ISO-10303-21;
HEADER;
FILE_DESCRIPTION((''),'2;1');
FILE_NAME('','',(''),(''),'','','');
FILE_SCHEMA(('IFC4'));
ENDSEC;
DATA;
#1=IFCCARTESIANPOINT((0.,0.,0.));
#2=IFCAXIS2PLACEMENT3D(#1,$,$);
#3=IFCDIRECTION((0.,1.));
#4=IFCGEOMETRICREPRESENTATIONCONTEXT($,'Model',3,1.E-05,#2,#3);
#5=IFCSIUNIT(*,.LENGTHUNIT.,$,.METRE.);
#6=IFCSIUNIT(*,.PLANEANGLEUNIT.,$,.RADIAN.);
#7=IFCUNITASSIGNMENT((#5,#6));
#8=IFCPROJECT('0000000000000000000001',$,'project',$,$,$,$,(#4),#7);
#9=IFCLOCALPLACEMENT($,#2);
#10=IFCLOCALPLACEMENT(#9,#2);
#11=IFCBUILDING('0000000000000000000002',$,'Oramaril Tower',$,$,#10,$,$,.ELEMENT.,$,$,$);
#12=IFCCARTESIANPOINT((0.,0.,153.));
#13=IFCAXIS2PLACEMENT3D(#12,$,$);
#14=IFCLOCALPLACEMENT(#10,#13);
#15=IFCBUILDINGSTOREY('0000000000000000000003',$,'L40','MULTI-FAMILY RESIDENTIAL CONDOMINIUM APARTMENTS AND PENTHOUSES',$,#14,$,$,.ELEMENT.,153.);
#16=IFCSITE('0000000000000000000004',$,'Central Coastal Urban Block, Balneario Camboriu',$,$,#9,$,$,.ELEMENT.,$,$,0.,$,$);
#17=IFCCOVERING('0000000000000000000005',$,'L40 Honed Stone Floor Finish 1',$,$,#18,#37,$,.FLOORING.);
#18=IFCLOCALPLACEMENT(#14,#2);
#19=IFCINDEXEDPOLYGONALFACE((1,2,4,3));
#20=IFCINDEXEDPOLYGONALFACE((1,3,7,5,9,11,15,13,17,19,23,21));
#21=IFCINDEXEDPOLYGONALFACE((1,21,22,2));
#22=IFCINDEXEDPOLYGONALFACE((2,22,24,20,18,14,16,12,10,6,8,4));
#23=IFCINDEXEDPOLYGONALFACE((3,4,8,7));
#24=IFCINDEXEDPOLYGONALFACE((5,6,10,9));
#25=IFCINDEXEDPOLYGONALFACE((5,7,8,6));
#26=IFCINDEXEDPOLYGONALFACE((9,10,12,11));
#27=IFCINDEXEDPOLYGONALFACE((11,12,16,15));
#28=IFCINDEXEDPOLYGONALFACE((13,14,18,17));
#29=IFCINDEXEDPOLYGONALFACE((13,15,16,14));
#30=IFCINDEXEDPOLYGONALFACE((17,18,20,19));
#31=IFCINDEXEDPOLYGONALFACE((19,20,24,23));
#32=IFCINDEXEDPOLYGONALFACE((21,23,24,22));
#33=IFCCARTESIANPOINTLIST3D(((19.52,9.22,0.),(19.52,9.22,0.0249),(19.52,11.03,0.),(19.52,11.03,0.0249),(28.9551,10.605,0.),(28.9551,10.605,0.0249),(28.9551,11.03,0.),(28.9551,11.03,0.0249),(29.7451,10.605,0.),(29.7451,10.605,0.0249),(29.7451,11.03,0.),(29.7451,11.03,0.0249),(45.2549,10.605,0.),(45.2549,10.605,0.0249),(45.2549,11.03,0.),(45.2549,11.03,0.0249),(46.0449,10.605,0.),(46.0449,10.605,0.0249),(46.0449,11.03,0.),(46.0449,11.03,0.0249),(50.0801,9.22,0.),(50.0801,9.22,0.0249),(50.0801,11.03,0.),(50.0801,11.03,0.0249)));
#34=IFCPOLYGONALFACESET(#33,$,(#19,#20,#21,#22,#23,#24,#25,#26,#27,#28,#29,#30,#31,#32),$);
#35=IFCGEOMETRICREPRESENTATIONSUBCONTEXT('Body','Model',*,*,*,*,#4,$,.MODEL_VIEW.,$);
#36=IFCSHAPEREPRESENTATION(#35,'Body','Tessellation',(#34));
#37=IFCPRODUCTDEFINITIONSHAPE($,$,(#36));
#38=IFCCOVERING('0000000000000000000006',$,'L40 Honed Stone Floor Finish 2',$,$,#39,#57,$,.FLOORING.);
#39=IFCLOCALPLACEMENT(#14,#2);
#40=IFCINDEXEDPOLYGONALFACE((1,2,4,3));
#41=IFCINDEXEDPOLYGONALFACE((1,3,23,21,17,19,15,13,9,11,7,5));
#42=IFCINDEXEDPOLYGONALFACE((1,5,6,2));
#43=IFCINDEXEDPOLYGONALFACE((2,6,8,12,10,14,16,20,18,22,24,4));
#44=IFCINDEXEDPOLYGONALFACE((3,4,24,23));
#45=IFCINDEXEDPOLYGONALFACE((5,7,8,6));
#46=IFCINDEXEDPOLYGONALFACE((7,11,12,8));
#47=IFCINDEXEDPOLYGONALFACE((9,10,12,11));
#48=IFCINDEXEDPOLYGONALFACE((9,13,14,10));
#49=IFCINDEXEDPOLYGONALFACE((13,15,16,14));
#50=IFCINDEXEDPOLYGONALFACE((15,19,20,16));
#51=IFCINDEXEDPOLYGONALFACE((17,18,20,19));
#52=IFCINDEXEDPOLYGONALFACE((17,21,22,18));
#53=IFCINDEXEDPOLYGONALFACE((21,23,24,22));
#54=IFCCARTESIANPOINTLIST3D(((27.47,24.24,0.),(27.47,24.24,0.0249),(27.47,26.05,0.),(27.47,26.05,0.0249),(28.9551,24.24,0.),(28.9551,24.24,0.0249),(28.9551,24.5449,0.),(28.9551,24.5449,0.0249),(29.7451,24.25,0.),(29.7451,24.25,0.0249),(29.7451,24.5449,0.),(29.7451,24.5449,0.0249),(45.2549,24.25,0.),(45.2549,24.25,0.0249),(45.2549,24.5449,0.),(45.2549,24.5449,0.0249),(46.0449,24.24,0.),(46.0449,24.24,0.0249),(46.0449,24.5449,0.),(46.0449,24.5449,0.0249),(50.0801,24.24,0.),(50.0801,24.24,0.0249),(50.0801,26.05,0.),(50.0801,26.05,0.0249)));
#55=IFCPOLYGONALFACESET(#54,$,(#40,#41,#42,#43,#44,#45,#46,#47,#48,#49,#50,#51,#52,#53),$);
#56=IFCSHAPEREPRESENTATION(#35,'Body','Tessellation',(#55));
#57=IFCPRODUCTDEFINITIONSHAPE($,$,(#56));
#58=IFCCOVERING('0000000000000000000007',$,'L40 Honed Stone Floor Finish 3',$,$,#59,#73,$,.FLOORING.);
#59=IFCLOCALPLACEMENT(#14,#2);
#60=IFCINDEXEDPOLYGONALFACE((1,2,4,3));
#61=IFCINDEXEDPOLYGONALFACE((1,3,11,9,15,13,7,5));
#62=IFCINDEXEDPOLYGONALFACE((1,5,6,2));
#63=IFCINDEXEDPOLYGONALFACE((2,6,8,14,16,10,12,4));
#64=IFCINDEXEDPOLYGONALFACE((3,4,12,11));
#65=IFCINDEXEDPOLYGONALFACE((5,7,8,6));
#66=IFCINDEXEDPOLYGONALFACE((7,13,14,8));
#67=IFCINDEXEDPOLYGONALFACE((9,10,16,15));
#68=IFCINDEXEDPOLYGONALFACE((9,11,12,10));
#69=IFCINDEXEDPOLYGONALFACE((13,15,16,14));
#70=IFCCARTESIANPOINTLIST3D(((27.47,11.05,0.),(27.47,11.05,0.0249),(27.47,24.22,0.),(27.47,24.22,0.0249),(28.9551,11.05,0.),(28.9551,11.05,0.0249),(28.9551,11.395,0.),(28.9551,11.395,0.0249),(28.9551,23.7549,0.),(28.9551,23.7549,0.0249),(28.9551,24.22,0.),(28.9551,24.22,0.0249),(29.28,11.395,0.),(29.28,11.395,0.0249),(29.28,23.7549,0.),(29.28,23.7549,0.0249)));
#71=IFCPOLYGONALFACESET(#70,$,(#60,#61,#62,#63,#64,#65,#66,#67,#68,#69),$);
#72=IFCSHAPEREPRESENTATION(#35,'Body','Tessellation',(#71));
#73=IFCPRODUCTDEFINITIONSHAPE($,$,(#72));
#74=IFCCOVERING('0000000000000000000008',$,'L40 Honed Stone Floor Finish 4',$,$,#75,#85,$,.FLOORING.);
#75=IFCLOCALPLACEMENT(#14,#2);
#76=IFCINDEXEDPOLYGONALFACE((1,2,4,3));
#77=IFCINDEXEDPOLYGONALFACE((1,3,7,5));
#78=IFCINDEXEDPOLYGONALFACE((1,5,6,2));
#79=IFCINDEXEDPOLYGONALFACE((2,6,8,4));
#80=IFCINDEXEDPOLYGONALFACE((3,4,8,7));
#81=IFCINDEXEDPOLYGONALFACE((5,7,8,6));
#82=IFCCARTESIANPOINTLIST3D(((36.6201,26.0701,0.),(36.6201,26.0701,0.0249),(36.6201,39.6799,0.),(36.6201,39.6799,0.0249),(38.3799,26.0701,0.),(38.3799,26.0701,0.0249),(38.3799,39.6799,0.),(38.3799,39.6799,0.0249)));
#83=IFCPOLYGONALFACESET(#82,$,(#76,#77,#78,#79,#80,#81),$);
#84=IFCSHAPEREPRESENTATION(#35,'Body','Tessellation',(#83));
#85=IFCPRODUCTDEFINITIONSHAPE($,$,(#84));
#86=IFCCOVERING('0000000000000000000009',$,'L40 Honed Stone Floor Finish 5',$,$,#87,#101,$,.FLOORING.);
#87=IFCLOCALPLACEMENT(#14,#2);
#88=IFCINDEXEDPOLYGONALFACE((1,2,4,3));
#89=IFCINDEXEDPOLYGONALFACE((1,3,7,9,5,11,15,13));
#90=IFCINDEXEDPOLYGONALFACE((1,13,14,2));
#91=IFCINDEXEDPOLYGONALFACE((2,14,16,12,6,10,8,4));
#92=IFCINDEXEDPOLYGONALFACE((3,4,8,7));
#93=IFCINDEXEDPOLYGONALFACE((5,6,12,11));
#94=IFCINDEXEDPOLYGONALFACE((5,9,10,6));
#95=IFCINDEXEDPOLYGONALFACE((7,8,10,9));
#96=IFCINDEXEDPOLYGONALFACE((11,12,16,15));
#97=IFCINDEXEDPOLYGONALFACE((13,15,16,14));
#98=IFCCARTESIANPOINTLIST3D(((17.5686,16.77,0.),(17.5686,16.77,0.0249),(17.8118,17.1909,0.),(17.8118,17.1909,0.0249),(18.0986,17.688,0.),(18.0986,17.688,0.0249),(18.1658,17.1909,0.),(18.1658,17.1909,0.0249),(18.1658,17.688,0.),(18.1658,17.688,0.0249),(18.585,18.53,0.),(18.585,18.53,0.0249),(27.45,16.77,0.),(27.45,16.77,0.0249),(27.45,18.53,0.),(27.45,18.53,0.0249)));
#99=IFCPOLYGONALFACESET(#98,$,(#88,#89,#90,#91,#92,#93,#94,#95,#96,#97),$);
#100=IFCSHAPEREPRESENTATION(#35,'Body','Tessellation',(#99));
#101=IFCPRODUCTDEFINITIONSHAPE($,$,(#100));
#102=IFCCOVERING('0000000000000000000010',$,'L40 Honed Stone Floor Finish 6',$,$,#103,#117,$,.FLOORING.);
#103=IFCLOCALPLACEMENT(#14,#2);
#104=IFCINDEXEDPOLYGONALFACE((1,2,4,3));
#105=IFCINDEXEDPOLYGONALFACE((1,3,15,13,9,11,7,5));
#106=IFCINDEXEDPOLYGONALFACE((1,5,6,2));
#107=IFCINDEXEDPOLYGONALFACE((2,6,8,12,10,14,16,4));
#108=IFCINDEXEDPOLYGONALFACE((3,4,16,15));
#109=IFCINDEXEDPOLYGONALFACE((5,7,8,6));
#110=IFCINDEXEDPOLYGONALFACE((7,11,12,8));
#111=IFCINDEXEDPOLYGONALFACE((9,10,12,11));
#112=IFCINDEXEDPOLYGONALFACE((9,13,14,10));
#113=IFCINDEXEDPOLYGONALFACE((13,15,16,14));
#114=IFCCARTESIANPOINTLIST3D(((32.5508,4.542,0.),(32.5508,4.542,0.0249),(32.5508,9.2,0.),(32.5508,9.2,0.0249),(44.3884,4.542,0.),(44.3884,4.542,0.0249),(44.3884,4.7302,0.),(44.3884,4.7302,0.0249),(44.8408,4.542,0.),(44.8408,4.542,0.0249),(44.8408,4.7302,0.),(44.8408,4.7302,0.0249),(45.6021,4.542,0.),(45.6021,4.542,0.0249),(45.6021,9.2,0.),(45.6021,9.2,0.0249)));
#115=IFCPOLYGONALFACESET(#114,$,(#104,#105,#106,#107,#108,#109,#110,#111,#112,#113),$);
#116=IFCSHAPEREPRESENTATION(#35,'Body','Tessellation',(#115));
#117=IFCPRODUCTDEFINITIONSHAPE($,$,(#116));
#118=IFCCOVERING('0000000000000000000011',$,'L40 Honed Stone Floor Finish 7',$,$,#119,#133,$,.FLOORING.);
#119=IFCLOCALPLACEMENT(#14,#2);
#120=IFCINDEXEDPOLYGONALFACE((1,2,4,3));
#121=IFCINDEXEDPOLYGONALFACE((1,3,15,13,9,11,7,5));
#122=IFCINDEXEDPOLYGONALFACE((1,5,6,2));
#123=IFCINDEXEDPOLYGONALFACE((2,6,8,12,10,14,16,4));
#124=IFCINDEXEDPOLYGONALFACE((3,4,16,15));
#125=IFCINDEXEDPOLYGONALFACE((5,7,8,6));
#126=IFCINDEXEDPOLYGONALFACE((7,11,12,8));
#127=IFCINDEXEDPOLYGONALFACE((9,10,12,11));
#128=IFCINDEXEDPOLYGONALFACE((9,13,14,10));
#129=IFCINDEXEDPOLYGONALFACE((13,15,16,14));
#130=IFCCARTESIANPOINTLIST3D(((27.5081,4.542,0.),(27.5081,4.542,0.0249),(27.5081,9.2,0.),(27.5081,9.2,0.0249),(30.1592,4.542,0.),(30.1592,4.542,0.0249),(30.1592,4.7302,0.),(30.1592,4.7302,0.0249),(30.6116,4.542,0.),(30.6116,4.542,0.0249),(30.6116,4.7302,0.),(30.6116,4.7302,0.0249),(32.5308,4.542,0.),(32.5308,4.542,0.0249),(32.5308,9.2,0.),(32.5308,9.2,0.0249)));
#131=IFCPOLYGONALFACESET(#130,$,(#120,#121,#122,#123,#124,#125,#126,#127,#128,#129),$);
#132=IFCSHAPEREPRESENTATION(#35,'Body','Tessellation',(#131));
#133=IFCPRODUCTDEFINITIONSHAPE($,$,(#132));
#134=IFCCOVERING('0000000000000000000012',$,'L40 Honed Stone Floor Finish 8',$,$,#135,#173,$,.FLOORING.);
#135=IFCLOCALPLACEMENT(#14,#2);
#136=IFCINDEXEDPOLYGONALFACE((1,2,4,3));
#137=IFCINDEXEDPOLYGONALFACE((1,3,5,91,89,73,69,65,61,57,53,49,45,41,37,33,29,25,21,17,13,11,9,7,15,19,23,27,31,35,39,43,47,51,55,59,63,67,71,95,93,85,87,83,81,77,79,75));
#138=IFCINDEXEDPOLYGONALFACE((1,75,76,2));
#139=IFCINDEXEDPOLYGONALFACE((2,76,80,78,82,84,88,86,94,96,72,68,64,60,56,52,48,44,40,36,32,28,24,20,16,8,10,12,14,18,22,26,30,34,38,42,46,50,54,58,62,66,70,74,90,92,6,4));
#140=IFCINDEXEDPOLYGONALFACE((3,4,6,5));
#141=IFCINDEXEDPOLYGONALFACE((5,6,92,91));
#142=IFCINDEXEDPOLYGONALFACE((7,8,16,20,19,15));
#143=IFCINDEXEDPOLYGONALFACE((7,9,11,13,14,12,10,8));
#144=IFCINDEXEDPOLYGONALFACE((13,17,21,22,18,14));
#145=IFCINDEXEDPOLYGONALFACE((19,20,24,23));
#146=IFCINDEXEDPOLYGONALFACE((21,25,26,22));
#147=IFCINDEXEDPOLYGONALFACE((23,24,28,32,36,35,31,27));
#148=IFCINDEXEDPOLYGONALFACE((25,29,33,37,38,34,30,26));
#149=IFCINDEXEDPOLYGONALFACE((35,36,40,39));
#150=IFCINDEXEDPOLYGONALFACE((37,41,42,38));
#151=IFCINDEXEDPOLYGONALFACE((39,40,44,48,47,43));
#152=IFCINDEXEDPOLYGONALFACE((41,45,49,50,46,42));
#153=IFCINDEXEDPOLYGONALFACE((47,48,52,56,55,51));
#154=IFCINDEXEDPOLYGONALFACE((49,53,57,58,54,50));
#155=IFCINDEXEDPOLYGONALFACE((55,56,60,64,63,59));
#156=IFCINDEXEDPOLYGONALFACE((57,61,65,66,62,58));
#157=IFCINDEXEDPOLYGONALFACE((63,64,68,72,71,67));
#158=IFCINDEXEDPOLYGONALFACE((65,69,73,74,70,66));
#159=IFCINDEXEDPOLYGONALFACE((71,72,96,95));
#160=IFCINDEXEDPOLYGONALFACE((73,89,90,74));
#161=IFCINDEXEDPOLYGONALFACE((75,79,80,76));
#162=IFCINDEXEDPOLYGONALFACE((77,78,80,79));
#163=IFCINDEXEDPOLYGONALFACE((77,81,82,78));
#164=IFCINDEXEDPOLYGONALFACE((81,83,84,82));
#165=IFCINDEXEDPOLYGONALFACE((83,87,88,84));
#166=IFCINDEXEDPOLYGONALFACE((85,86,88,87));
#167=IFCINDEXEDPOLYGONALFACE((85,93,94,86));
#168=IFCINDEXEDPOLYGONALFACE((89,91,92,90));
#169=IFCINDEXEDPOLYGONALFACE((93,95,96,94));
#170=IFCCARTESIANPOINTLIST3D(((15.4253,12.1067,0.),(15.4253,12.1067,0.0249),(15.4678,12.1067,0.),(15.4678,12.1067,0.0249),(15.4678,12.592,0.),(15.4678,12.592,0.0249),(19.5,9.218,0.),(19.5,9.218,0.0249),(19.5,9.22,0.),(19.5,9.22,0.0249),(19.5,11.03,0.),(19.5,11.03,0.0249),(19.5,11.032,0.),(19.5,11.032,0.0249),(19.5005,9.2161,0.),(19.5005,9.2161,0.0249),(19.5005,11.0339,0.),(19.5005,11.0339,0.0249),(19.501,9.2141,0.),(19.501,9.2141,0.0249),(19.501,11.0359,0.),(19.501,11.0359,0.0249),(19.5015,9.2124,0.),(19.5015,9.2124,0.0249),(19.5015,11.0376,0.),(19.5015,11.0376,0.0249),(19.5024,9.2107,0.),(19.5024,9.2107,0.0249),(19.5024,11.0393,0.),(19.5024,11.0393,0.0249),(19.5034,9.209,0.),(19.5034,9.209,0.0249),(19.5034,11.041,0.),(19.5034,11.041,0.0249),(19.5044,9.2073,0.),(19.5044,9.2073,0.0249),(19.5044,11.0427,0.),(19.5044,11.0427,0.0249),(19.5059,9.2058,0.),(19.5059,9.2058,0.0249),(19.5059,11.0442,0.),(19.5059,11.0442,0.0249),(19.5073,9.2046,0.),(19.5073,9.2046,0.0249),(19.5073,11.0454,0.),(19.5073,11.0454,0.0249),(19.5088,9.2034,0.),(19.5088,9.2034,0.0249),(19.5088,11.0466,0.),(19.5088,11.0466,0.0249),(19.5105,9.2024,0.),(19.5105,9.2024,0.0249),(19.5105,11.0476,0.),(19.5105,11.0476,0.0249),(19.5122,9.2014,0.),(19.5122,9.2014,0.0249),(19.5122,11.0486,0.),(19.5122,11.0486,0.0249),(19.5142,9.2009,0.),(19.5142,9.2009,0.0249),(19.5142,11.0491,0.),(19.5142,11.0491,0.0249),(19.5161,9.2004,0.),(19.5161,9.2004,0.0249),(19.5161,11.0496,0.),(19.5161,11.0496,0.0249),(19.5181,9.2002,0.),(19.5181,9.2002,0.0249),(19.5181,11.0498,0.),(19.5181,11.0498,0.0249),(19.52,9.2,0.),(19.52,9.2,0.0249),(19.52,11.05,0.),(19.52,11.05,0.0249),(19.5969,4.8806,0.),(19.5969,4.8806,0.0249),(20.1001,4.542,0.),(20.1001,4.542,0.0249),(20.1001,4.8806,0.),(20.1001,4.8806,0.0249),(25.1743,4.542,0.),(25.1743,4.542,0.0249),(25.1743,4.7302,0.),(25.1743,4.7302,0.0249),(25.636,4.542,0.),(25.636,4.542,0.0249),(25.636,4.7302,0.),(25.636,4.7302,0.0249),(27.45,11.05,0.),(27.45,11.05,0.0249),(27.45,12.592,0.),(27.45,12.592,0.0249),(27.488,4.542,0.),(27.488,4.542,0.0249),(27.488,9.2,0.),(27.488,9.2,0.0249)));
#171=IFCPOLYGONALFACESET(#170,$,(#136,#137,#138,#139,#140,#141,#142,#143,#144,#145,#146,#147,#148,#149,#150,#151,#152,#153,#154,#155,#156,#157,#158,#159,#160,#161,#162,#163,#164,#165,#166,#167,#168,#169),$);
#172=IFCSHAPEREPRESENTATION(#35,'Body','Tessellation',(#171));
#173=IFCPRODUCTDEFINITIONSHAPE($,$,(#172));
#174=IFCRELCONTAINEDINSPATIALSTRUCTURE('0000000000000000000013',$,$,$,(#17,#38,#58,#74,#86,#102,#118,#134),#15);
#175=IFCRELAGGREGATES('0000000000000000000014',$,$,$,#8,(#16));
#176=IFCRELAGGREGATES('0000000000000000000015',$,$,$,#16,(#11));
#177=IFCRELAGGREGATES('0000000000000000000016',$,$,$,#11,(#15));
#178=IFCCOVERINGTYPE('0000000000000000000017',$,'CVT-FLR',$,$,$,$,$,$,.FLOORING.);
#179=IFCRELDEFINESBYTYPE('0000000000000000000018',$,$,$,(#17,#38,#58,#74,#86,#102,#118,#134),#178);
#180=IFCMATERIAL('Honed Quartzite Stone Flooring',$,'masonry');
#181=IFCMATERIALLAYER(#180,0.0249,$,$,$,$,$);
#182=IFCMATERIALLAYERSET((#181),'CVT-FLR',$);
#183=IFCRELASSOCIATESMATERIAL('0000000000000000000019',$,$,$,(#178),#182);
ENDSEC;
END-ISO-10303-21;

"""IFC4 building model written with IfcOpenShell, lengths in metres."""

from ifc_helpers import new_model, si_unit, direction, frame, origin, place, context, subcontext, project, spatial, polyline, outline, extrude, material, layer, layer_set, type_object, element, save


model = new_model("IFC4")

# Units and contexts
model_context = context("Model", 3, precision=1e-05, world=origin(), true_north=direction((0.0, 1.0)))
body_context = subcontext(model_context, "Body", "Model", "MODEL_VIEW")
ifc_project = project(units=[si_unit("LENGTHUNIT", "METRE"), si_unit("PLANEANGLEUNIT", "RADIAN")], contexts=[model_context])

# Site, building, storey
site_placement = place(None, origin())
site = spatial("IfcSite", under=ifc_project, at=site_placement, Name="Central Coastal Urban Block, Balneario Camboriu", CompositionType="ELEMENT", RefElevation=0.0)
building_placement = place(site_placement, origin())
building = spatial("IfcBuilding", under=site, at=building_placement, Name="Oramaril Tower", CompositionType="ELEMENT")
storey_placement = place(building_placement, frame((0.0, 0.0, 153.0)))
storey = spatial("IfcBuildingStorey", under=building, at=storey_placement, Name="L40", Description="MULTI-FAMILY RESIDENTIAL CONDOMINIUM APARTMENTS AND PENTHOUSES", CompositionType="ELEMENT", Elevation=153.0)

# Coverings
ifc_material_1 = material(Name="Honed Quartzite Stone Flooring", Category="masonry")
ifc_layer_1 = layer(ifc_material_1, 0.0249)
ifc_layer_set_1 = layer_set([ifc_layer_1], Name="CVT-FLR")
covering_type_1 = type_object("IfcCoveringType", Name="CVT-FLR", PredefinedType="FLOORING", material=ifc_layer_set_1)
covering_1_placement = place(storey_placement, origin())
element("IfcCovering", 1, at=covering_1_placement, inside=storey, type_object=covering_type_1, Name="L40 Honed Stone Floor Finish 1", PredefinedType="FLOORING", context=body_context, shape_type="SweptSolid", body=[
    extrude(outline(polyline([(28.9551, 10.605), (29.7451, 10.605), (29.7451, 11.03), (45.2549, 11.03), (45.2549, 10.605), (46.0449, 10.605), (46.0449, 11.03), (50.0801, 11.03), (50.0801, 9.22), (19.52, 9.22), (19.52, 11.03), (28.9551, 11.03), (28.9551, 10.605)])), origin(), (0.0, 0.0, 1.0), 0.0249),
])
covering_2_placement = place(storey_placement, origin())
element("IfcCovering", 2, at=covering_2_placement, inside=storey, type_object=covering_type_1, Name="L40 Honed Stone Floor Finish 2", PredefinedType="FLOORING", context=body_context, shape_type="SweptSolid", body=[
    extrude(outline(polyline([(50.0801, 24.24), (46.0449, 24.24), (46.0449, 24.5449), (45.2549, 24.5449), (45.2549, 24.25), (29.7451, 24.25), (29.7451, 24.5449), (28.9551, 24.5449), (28.9551, 24.24), (27.47, 24.24), (27.47, 26.05), (50.0801, 26.05), (50.0801, 24.24)])), origin(), (0.0, 0.0, 1.0), 0.0249),
])
covering_3_placement = place(storey_placement, origin())
element("IfcCovering", 3, at=covering_3_placement, inside=storey, type_object=covering_type_1, Name="L40 Honed Stone Floor Finish 3", PredefinedType="FLOORING", context=body_context, shape_type="SweptSolid", body=[
    extrude(outline(polyline([(28.9551, 23.7549), (29.28, 23.7549), (29.28, 11.395), (28.9551, 11.395), (28.9551, 11.05), (27.47, 11.05), (27.47, 24.22), (28.9551, 24.22), (28.9551, 23.7549)])), origin(), (0.0, 0.0, 1.0), 0.0249),
])
covering_4_placement = place(storey_placement, origin())
element("IfcCovering", 4, at=covering_4_placement, inside=storey, type_object=covering_type_1, Name="L40 Honed Stone Floor Finish 4", PredefinedType="FLOORING", context=body_context, shape_type="SweptSolid", body=[
    extrude(outline(polyline([(38.3799, 26.0701), (36.6201, 26.0701), (36.6201, 39.6799), (38.3799, 39.6799), (38.3799, 26.0701)])), origin(), (0.0, 0.0, 1.0), 0.0249),
])
covering_5_placement = place(storey_placement, origin())
element("IfcCovering", 5, at=covering_5_placement, inside=storey, type_object=covering_type_1, Name="L40 Honed Stone Floor Finish 5", PredefinedType="FLOORING", context=body_context, shape_type="SweptSolid", body=[
    extrude(outline(polyline([(17.5686, 16.77), (17.8118, 17.1909), (18.1658, 17.1909), (18.1658, 17.688), (18.0986, 17.688), (18.585, 18.53), (27.45, 18.53), (27.45, 16.77), (17.5686, 16.77)])), origin(), (0.0, 0.0, 1.0), 0.0249),
])
covering_6_placement = place(storey_placement, origin())
element("IfcCovering", 6, at=covering_6_placement, inside=storey, type_object=covering_type_1, Name="L40 Honed Stone Floor Finish 6", PredefinedType="FLOORING", context=body_context, shape_type="SweptSolid", body=[
    extrude(outline(polyline([(44.8408, 4.7302), (44.3884, 4.7302), (44.3884, 4.542), (32.5508, 4.542), (32.5508, 9.2), (45.6021, 9.2), (45.6021, 4.542), (44.8408, 4.542), (44.8408, 4.7302)])), origin(), (0.0, 0.0, 1.0), 0.0249),
])
covering_7_placement = place(storey_placement, origin())
element("IfcCovering", 7, at=covering_7_placement, inside=storey, type_object=covering_type_1, Name="L40 Honed Stone Floor Finish 7", PredefinedType="FLOORING", context=body_context, shape_type="SweptSolid", body=[
    extrude(outline(polyline([(30.6116, 4.7302), (30.1592, 4.7302), (30.1592, 4.542), (27.5081, 4.542), (27.5081, 9.2), (32.5308, 9.2), (32.5308, 4.542), (30.6116, 4.542), (30.6116, 4.7302)])), origin(), (0.0, 0.0, 1.0), 0.0249),
])
covering_8_placement = place(storey_placement, origin())
element("IfcCovering", 8, at=covering_8_placement, inside=storey, type_object=covering_type_1, Name="L40 Honed Stone Floor Finish 8", PredefinedType="FLOORING", context=body_context, shape_type="SweptSolid", body=[
    extrude(outline(polyline([(25.636, 4.542), (25.636, 4.7302), (25.1743, 4.7302), (25.1743, 4.542), (20.1001, 4.542), (20.1001, 4.8806), (19.5969, 4.8806), (15.4253, 12.1067), (15.4678, 12.1067), (15.4678, 12.592), (27.45, 12.592), (27.45, 11.05), (19.52, 11.05), (19.5181, 11.0498), (19.5161, 11.0496), (19.5142, 11.0491), (19.5122, 11.0486), (19.5105, 11.0476), (19.5088, 11.0466), (19.5073, 11.0454), (19.5059, 11.0442), (19.5044, 11.0427), (19.5034, 11.041), (19.5024, 11.0393), (19.5015, 11.0376), (19.501, 11.0359), (19.5005, 11.0339), (19.5, 11.032), (19.5, 11.03), (19.5, 9.22), (19.5, 9.218), (19.5005, 9.2161), (19.501, 9.2141), (19.5015, 9.2124), (19.5024, 9.2107), (19.5034, 9.209), (19.5044, 9.2073), (19.5059, 9.2058), (19.5073, 9.2046), (19.5088, 9.2034), (19.5105, 9.2024), (19.5122, 9.2014), (19.5142, 9.2009), (19.5161, 9.2004), (19.5181, 9.2002), (19.52, 9.2), (27.488, 9.2), (27.488, 4.542), (25.636, 4.542)])), origin(), (0.0, 0.0, 1.0), 0.0249),
])

save(model, "model.ifc")
